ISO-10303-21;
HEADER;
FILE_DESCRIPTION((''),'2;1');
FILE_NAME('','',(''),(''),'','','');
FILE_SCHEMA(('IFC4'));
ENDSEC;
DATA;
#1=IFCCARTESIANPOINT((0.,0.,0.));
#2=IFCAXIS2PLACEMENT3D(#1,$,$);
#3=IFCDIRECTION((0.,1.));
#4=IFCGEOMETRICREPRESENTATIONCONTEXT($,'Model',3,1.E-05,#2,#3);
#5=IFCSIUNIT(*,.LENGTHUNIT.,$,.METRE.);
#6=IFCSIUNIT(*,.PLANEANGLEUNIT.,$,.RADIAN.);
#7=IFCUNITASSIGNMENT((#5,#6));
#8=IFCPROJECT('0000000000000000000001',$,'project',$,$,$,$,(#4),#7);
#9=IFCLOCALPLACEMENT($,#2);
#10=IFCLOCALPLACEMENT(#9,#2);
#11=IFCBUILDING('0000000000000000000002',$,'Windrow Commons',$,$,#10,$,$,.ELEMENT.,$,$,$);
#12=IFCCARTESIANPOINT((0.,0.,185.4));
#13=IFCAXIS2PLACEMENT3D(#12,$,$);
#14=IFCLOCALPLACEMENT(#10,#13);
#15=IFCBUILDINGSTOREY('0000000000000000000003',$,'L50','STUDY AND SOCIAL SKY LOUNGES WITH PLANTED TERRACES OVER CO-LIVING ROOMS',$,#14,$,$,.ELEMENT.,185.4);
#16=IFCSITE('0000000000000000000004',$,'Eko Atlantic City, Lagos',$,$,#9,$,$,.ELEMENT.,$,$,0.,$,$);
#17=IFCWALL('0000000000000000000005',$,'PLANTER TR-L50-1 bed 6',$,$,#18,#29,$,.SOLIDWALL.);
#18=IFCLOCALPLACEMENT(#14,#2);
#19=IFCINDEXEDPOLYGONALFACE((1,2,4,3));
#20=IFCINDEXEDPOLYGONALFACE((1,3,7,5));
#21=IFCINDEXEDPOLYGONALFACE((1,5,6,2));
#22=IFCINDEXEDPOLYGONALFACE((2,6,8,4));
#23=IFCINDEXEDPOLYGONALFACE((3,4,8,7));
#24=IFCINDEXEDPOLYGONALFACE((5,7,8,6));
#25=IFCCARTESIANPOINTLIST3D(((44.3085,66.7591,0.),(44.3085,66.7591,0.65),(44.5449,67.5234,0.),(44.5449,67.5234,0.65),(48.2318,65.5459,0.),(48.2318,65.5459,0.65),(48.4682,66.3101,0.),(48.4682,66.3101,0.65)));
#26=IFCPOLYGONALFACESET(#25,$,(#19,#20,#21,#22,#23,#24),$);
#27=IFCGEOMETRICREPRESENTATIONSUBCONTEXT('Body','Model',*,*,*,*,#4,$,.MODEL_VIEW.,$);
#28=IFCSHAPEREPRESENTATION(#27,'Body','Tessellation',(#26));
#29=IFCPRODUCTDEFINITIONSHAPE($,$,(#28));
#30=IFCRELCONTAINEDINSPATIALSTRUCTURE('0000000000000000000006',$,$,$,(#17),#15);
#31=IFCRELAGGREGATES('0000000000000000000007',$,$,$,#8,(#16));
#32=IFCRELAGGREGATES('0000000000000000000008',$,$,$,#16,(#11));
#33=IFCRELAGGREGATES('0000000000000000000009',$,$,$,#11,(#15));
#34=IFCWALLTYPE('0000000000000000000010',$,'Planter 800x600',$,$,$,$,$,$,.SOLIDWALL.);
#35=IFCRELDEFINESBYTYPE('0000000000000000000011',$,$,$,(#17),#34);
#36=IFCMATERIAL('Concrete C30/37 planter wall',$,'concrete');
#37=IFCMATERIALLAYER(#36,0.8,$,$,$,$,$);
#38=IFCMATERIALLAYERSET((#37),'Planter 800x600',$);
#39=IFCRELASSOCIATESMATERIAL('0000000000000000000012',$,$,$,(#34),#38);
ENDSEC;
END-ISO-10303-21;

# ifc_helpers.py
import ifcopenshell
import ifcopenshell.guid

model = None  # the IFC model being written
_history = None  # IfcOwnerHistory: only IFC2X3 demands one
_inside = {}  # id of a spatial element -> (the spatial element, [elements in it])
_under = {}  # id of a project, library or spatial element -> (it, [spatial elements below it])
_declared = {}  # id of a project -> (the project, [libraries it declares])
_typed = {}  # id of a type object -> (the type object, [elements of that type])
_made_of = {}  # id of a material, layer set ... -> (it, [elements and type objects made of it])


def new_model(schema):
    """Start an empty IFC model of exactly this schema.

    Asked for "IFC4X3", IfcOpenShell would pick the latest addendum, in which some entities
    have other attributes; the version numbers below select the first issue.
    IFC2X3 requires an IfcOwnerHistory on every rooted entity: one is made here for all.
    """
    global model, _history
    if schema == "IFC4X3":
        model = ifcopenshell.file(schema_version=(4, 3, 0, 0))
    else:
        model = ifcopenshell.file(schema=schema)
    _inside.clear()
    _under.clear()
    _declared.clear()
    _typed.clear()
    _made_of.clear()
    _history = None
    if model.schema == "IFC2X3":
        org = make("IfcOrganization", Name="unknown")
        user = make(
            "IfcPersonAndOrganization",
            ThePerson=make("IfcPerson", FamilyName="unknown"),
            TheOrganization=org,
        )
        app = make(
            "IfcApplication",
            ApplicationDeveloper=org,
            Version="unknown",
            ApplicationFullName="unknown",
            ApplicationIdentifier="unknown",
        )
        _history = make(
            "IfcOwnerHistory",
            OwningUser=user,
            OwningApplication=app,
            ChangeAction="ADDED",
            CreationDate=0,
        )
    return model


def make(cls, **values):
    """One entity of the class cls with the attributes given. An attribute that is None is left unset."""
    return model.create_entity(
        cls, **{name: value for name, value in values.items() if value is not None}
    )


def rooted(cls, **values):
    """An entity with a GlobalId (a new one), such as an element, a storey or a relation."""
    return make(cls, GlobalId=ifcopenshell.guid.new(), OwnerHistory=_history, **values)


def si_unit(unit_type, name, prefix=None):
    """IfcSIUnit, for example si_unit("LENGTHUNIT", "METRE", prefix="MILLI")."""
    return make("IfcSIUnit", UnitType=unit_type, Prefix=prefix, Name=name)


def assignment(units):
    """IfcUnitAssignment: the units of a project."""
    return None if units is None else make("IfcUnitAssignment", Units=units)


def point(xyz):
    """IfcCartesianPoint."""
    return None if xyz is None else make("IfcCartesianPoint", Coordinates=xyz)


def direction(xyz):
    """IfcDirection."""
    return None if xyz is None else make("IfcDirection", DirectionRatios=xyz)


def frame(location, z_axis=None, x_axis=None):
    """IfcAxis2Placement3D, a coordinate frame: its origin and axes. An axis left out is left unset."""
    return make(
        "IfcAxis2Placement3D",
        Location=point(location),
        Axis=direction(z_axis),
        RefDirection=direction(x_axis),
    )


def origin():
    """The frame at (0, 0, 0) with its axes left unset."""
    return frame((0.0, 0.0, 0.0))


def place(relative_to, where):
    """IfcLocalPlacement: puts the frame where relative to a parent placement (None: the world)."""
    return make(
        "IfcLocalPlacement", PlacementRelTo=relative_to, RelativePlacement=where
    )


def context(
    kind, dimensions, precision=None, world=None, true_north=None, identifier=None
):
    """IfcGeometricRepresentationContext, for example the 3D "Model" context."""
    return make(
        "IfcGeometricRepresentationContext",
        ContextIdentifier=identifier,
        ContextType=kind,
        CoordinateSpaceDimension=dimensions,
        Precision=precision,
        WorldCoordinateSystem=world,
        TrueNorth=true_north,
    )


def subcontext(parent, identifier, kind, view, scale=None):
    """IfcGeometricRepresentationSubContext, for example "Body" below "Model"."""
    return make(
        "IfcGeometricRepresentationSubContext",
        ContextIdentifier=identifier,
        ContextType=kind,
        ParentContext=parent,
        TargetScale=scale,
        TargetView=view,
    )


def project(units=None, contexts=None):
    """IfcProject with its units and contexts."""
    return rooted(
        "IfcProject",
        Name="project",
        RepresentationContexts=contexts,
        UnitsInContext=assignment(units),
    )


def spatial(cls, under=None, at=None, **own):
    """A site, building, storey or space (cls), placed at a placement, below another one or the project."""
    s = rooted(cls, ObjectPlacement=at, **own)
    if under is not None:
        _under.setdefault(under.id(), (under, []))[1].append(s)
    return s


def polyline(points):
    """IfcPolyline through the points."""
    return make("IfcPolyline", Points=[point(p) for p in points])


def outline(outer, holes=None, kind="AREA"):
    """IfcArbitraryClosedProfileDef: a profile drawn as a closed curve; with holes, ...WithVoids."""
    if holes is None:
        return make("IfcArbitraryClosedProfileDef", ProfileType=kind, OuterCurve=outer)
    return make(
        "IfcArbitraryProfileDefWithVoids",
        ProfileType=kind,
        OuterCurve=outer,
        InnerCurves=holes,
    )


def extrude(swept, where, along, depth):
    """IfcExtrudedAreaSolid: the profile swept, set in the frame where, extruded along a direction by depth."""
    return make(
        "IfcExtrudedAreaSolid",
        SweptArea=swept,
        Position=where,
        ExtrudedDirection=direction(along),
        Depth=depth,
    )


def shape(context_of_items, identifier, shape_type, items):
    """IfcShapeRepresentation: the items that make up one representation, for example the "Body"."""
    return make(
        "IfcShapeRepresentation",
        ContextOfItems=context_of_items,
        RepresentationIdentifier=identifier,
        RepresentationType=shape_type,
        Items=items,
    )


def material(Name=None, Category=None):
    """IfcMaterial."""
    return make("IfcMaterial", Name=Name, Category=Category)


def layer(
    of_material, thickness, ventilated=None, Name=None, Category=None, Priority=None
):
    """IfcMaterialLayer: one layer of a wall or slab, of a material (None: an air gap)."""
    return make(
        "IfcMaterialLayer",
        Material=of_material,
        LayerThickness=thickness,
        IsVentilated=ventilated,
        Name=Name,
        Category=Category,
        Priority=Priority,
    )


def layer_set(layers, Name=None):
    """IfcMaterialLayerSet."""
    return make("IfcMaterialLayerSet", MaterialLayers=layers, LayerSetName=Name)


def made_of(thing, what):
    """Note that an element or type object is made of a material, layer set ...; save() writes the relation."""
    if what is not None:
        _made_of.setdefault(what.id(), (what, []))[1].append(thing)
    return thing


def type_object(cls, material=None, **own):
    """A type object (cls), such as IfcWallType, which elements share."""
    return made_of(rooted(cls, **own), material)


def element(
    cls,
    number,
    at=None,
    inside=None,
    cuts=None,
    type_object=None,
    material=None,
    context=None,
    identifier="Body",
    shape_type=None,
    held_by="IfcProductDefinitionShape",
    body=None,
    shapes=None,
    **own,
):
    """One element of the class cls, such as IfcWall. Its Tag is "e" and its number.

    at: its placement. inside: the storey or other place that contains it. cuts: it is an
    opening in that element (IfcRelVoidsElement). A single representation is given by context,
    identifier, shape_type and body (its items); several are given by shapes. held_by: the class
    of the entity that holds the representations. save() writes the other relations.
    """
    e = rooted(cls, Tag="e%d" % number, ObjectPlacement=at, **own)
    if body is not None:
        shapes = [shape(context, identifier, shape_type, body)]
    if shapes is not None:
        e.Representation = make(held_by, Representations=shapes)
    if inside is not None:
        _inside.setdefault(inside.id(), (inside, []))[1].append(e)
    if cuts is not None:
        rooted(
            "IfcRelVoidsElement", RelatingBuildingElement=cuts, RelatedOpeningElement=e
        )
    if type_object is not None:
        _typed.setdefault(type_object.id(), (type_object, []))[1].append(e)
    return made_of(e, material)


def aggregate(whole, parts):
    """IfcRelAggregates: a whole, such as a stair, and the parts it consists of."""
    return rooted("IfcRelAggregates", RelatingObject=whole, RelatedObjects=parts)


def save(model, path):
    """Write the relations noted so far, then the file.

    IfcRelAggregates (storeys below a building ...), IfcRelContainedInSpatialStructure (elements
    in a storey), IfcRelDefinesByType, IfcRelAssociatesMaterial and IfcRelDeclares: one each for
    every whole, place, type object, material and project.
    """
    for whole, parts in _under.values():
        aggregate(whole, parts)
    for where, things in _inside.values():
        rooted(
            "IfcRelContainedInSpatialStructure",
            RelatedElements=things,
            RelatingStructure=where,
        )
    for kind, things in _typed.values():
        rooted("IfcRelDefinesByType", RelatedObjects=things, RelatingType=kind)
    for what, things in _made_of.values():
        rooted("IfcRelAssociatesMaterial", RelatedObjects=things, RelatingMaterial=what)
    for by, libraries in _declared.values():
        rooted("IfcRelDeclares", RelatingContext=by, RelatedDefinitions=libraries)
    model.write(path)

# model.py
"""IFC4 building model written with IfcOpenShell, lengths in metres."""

from ifc_helpers import new_model, si_unit, direction, frame, origin, place, context, subcontext, project, spatial, polyline, outline, extrude, material, layer, layer_set, type_object, element, save


model = new_model("IFC4")

# Units and contexts
model_context = context("Model", 3, precision=1e-05, world=origin(), true_north=direction((0.0, 1.0)))
body_context = subcontext(model_context, "Body", "Model", "MODEL_VIEW")
ifc_project = project(units=[si_unit("LENGTHUNIT", "METRE"), si_unit("PLANEANGLEUNIT", "RADIAN")], contexts=[model_context])

# Site, building, storey
site_placement = place(None, origin())
site = spatial("IfcSite", under=ifc_project, at=site_placement, Name="Eko Atlantic City, Lagos", CompositionType="ELEMENT", RefElevation=0.0)
building_placement = place(site_placement, origin())
building = spatial("IfcBuilding", under=site, at=building_placement, Name="Windrow Commons", CompositionType="ELEMENT")
storey_placement = place(building_placement, frame((0.0, 0.0, 185.4)))
storey = spatial("IfcBuildingStorey", under=building, at=storey_placement, Name="L50", Description="STUDY AND SOCIAL SKY LOUNGES WITH PLANTED TERRACES OVER CO-LIVING ROOMS", CompositionType="ELEMENT", Elevation=185.4)

# Wall
ifc_material_1 = material(Name="Concrete C30/37 planter wall", Category="concrete")
ifc_layer_1 = layer(ifc_material_1, 0.8)
ifc_layer_set_1 = layer_set([ifc_layer_1], Name="Planter 800x600")
wall_type_1 = type_object("IfcWallType", Name="Planter 800x600", PredefinedType="SOLIDWALL", material=ifc_layer_set_1)
wall_1_placement = place(storey_placement, frame((48.35, 65.928, 0.0), z_axis=(0.0, 0.0, 1.0), x_axis=(-0.955358, 0.295449, 0.0)))
element("IfcWall", 1, at=wall_1_placement, inside=storey, type_object=wall_type_1, Name="PLANTER TR-L50-1 bed 6", PredefinedType="SOLIDWALL", context=body_context, shape_type="SweptSolid", body=[
    extrude(outline(polyline([(0.0, -0.4), (4.1066, -0.4), (4.1066, 0.4), (0.0, 0.4), (0.0, -0.4)])), origin(), (0.0, 0.0, 1.0), 0.65),
])

save(model, "model.ifc")
